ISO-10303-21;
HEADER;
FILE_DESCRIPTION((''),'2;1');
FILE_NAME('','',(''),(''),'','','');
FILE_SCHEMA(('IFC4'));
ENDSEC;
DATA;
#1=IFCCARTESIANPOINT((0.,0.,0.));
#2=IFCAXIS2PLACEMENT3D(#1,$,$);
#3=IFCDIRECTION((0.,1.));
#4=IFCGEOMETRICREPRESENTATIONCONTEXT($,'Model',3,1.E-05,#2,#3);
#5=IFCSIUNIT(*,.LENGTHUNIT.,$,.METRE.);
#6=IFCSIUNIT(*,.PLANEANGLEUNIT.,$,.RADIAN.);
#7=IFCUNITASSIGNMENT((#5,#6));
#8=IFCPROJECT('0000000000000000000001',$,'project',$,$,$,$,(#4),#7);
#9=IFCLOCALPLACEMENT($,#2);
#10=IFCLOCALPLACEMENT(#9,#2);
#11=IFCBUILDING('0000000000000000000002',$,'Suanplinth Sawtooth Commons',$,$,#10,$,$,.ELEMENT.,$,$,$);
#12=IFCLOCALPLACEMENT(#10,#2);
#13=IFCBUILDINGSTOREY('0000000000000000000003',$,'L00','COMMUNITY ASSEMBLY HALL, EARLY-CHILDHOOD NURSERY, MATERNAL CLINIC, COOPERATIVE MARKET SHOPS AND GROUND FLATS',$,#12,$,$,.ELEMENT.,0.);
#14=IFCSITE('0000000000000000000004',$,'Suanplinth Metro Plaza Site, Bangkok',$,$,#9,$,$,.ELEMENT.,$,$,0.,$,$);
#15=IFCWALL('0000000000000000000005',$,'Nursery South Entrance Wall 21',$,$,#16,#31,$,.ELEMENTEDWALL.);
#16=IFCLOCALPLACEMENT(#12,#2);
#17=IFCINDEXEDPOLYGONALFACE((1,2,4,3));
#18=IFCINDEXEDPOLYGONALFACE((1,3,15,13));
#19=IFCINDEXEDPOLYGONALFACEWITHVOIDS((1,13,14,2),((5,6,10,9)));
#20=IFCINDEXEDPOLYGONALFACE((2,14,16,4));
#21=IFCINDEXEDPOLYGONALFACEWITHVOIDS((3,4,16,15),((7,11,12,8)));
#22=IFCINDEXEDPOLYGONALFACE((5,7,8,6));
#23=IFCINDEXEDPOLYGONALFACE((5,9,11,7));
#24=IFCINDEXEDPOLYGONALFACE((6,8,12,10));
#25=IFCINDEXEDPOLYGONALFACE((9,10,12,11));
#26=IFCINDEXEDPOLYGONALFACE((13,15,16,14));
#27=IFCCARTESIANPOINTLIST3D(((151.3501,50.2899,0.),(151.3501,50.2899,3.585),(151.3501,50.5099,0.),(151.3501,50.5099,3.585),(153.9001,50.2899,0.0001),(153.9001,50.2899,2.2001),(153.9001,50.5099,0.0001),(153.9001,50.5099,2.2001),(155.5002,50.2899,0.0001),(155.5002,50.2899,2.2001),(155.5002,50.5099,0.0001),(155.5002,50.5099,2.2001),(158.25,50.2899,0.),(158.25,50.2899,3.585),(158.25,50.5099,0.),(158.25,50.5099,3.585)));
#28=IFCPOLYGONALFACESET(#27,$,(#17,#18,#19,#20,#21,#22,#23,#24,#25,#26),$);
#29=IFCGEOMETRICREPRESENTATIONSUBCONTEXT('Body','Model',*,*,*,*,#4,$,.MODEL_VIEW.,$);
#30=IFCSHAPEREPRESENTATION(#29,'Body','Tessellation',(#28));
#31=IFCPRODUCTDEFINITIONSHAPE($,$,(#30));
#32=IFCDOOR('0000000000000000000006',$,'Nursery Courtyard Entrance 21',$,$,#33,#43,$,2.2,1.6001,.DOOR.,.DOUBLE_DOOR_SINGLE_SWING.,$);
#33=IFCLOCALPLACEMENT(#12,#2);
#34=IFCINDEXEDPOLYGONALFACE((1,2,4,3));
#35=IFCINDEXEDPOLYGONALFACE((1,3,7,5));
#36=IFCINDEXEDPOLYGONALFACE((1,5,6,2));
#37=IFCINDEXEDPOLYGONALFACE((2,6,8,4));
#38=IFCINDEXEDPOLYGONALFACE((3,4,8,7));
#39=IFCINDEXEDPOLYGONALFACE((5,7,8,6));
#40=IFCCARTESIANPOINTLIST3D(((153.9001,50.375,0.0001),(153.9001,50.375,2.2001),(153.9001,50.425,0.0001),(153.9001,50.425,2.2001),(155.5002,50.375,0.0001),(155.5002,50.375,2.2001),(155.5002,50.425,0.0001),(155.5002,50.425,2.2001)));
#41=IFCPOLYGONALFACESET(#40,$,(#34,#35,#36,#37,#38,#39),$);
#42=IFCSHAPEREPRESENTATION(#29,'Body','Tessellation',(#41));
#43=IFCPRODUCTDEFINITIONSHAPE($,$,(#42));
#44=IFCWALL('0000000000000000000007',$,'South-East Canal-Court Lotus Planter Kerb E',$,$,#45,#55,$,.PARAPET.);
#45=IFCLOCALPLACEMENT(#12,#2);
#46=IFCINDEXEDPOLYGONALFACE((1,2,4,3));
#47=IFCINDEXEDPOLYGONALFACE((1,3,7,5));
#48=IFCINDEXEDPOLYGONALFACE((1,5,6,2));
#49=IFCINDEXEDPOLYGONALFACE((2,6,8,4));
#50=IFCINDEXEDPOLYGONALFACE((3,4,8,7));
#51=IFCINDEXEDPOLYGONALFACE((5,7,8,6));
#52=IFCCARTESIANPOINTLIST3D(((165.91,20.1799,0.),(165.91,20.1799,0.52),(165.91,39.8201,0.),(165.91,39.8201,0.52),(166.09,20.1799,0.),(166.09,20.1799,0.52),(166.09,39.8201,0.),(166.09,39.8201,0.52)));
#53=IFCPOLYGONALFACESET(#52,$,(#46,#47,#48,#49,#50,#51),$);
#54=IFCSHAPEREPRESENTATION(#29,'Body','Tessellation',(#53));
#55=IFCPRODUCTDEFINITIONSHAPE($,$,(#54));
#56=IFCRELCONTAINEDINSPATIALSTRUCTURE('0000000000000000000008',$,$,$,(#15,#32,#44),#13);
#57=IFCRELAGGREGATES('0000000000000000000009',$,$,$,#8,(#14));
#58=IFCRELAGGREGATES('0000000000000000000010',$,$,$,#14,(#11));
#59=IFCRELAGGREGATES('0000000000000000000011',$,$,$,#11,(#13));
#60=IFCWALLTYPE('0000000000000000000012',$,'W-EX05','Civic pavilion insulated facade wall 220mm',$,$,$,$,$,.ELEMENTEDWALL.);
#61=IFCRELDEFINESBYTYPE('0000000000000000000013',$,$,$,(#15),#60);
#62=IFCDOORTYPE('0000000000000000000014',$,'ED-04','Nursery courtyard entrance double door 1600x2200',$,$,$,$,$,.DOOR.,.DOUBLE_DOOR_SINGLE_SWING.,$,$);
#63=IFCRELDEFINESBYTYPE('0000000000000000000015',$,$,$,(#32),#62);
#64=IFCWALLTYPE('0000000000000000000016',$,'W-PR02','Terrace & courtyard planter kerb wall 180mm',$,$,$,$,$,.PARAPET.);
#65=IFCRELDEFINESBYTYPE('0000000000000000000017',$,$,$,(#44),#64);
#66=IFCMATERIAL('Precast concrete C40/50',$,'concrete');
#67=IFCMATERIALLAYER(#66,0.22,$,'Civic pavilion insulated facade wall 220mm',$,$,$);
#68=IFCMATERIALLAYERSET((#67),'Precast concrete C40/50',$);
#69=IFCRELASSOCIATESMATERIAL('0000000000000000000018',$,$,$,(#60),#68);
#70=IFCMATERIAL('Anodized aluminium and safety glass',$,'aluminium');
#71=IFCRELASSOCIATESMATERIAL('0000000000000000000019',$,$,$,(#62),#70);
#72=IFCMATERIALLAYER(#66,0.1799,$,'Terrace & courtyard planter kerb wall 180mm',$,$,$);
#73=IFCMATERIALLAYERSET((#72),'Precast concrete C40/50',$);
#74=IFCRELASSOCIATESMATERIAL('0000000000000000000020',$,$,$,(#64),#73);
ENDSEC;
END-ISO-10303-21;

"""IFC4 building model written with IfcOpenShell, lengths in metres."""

from ifc_helpers import new_model, si_unit, direction, frame, frame_2d, origin, place, context, subcontext, project, spatial, rectangle, extrude, material, layer, layer_set, type_object, element, fill, save


model = new_model("IFC4")

# Units and contexts
model_context = context("Model", 3, precision=1e-05, world=origin(), true_north=direction((0.0, 1.0)))
body_context = subcontext(model_context, "Body", "Model", "MODEL_VIEW")
ifc_project = project(units=[si_unit("LENGTHUNIT", "METRE"), si_unit("PLANEANGLEUNIT", "RADIAN")], contexts=[model_context])

# Site, building, storey
site_placement = place(None, origin())
site = spatial("IfcSite", under=ifc_project, at=site_placement, Name="Suanplinth Metro Plaza Site, Bangkok", CompositionType="ELEMENT", RefElevation=0.0)
building_placement = place(site_placement, origin())
building = spatial("IfcBuilding", under=site, at=building_placement, Name="Suanplinth Sawtooth Commons", CompositionType="ELEMENT")
storey_placement = place(building_placement, origin())
storey = spatial("IfcBuildingStorey", under=building, at=storey_placement, Name="L00", Description="COMMUNITY ASSEMBLY HALL, EARLY-CHILDHOOD NURSERY, MATERNAL CLINIC, COOPERATIVE MARKET SHOPS AND GROUND FLATS", CompositionType="ELEMENT", Elevation=0.0)

# Shared definitions
ifc_material_1 = material(Name="Precast concrete C40/50", Category="concrete")

# Wall, opening, door
ifc_layer_1 = layer(ifc_material_1, 0.22, Name="Civic pavilion insulated facade wall 220mm")
ifc_layer_set_1 = layer_set([ifc_layer_1], Name="Precast concrete C40/50")
wall_type_1 = type_object("IfcWallType", Name="W-EX05", Description="Civic pavilion insulated facade wall 220mm", PredefinedType="ELEMENTEDWALL", material=ifc_layer_set_1)
wall_1_placement = place(storey_placement, frame((151.3501, 50.3999, 0.0), z_axis=(0.0, 0.0, 1.0), x_axis=(1.0, 0.0, 0.0)))
wall_1 = element("IfcWall", 1, at=wall_1_placement, inside=storey, type_object=wall_type_1, Name="Nursery South Entrance Wall 21", PredefinedType="ELEMENTEDWALL", context=body_context, shape_type="SweptSolid", body=[
    extrude(rectangle(XDim=6.8999, YDim=0.22, at=frame_2d((3.45, 0.0))), origin(), (0.0, 0.0, 1.0), 3.585),
])
opening_1_placement = place(wall_1_placement, frame((2.55, 0.0, 0.0)))
opening_1 = element("IfcOpeningElement", 2, at=opening_1_placement, cuts=wall_1, PredefinedType="OPENING", context=body_context, shape_type="SweptSolid", body=[
    extrude(rectangle(XDim=1.6001, YDim=2.2, at=frame_2d((0.8, 1.1001))), frame((0.0, 0.125, 0.0), z_axis=(0.0, -1.0, 0.0), x_axis=(1.0, 0.0, 0.0)), (0.0, 0.0, 1.0), 0.2498),
])
ifc_material_2 = material(Name="Anodized aluminium and safety glass", Category="aluminium")
door_type = type_object("IfcDoorType", Name="ED-04", Description="Nursery courtyard entrance double door 1600x2200", OperationType="DOUBLE_DOOR_SINGLE_SWING", PredefinedType="DOOR", material=ifc_material_2)
door_placement = place(opening_1_placement, frame((1.6001, 0.0, 0.0), z_axis=(0.0, 0.0, 1.0), x_axis=(-1.0, 0.0, 0.0)))
door = element("IfcDoor", 3, at=door_placement, inside=storey, type_object=door_type, Name="Nursery Courtyard Entrance 21", OperationType="DOUBLE_DOOR_SINGLE_SWING", OverallHeight=2.2, OverallWidth=1.6001, PredefinedType="DOOR", context=body_context, shape_type="SweptSolid", body=[
    extrude(rectangle(XDim=1.6001, YDim=2.2, at=frame_2d((0.8, 1.1001))), frame((0.0, 0.0249, 0.0), z_axis=(0.0, -1.0, 0.0), x_axis=(1.0, 0.0, 0.0)), (0.0, 0.0, 1.0), 0.05),
])
fill(opening_1, door)

# Wall
ifc_layer_2 = layer(ifc_material_1, 0.1799, Name="Terrace & courtyard planter kerb wall 180mm")
ifc_layer_set_2 = layer_set([ifc_layer_2], Name="Precast concrete C40/50")
wall_type_2 = type_object("IfcWallType", Name="W-PR02", Description="Terrace & courtyard planter kerb wall 180mm", PredefinedType="PARAPET", material=ifc_layer_set_2)
wall_2_placement = place(storey_placement, frame((166.0, 20.1799, 0.0), z_axis=(0.0, 0.0, 1.0), x_axis=(0.0, 1.0, 0.0)))
element("IfcWall", 4, at=wall_2_placement, inside=storey, type_object=wall_type_2, Name="South-East Canal-Court Lotus Planter Kerb E", PredefinedType="PARAPET", context=body_context, shape_type="SweptSolid", body=[
    extrude(rectangle(XDim=19.6401, YDim=0.1799, at=frame_2d((9.8201, 0.0))), origin(), (0.0, 0.0, 1.0), 0.52),
])

save(model, "model.ifc")
